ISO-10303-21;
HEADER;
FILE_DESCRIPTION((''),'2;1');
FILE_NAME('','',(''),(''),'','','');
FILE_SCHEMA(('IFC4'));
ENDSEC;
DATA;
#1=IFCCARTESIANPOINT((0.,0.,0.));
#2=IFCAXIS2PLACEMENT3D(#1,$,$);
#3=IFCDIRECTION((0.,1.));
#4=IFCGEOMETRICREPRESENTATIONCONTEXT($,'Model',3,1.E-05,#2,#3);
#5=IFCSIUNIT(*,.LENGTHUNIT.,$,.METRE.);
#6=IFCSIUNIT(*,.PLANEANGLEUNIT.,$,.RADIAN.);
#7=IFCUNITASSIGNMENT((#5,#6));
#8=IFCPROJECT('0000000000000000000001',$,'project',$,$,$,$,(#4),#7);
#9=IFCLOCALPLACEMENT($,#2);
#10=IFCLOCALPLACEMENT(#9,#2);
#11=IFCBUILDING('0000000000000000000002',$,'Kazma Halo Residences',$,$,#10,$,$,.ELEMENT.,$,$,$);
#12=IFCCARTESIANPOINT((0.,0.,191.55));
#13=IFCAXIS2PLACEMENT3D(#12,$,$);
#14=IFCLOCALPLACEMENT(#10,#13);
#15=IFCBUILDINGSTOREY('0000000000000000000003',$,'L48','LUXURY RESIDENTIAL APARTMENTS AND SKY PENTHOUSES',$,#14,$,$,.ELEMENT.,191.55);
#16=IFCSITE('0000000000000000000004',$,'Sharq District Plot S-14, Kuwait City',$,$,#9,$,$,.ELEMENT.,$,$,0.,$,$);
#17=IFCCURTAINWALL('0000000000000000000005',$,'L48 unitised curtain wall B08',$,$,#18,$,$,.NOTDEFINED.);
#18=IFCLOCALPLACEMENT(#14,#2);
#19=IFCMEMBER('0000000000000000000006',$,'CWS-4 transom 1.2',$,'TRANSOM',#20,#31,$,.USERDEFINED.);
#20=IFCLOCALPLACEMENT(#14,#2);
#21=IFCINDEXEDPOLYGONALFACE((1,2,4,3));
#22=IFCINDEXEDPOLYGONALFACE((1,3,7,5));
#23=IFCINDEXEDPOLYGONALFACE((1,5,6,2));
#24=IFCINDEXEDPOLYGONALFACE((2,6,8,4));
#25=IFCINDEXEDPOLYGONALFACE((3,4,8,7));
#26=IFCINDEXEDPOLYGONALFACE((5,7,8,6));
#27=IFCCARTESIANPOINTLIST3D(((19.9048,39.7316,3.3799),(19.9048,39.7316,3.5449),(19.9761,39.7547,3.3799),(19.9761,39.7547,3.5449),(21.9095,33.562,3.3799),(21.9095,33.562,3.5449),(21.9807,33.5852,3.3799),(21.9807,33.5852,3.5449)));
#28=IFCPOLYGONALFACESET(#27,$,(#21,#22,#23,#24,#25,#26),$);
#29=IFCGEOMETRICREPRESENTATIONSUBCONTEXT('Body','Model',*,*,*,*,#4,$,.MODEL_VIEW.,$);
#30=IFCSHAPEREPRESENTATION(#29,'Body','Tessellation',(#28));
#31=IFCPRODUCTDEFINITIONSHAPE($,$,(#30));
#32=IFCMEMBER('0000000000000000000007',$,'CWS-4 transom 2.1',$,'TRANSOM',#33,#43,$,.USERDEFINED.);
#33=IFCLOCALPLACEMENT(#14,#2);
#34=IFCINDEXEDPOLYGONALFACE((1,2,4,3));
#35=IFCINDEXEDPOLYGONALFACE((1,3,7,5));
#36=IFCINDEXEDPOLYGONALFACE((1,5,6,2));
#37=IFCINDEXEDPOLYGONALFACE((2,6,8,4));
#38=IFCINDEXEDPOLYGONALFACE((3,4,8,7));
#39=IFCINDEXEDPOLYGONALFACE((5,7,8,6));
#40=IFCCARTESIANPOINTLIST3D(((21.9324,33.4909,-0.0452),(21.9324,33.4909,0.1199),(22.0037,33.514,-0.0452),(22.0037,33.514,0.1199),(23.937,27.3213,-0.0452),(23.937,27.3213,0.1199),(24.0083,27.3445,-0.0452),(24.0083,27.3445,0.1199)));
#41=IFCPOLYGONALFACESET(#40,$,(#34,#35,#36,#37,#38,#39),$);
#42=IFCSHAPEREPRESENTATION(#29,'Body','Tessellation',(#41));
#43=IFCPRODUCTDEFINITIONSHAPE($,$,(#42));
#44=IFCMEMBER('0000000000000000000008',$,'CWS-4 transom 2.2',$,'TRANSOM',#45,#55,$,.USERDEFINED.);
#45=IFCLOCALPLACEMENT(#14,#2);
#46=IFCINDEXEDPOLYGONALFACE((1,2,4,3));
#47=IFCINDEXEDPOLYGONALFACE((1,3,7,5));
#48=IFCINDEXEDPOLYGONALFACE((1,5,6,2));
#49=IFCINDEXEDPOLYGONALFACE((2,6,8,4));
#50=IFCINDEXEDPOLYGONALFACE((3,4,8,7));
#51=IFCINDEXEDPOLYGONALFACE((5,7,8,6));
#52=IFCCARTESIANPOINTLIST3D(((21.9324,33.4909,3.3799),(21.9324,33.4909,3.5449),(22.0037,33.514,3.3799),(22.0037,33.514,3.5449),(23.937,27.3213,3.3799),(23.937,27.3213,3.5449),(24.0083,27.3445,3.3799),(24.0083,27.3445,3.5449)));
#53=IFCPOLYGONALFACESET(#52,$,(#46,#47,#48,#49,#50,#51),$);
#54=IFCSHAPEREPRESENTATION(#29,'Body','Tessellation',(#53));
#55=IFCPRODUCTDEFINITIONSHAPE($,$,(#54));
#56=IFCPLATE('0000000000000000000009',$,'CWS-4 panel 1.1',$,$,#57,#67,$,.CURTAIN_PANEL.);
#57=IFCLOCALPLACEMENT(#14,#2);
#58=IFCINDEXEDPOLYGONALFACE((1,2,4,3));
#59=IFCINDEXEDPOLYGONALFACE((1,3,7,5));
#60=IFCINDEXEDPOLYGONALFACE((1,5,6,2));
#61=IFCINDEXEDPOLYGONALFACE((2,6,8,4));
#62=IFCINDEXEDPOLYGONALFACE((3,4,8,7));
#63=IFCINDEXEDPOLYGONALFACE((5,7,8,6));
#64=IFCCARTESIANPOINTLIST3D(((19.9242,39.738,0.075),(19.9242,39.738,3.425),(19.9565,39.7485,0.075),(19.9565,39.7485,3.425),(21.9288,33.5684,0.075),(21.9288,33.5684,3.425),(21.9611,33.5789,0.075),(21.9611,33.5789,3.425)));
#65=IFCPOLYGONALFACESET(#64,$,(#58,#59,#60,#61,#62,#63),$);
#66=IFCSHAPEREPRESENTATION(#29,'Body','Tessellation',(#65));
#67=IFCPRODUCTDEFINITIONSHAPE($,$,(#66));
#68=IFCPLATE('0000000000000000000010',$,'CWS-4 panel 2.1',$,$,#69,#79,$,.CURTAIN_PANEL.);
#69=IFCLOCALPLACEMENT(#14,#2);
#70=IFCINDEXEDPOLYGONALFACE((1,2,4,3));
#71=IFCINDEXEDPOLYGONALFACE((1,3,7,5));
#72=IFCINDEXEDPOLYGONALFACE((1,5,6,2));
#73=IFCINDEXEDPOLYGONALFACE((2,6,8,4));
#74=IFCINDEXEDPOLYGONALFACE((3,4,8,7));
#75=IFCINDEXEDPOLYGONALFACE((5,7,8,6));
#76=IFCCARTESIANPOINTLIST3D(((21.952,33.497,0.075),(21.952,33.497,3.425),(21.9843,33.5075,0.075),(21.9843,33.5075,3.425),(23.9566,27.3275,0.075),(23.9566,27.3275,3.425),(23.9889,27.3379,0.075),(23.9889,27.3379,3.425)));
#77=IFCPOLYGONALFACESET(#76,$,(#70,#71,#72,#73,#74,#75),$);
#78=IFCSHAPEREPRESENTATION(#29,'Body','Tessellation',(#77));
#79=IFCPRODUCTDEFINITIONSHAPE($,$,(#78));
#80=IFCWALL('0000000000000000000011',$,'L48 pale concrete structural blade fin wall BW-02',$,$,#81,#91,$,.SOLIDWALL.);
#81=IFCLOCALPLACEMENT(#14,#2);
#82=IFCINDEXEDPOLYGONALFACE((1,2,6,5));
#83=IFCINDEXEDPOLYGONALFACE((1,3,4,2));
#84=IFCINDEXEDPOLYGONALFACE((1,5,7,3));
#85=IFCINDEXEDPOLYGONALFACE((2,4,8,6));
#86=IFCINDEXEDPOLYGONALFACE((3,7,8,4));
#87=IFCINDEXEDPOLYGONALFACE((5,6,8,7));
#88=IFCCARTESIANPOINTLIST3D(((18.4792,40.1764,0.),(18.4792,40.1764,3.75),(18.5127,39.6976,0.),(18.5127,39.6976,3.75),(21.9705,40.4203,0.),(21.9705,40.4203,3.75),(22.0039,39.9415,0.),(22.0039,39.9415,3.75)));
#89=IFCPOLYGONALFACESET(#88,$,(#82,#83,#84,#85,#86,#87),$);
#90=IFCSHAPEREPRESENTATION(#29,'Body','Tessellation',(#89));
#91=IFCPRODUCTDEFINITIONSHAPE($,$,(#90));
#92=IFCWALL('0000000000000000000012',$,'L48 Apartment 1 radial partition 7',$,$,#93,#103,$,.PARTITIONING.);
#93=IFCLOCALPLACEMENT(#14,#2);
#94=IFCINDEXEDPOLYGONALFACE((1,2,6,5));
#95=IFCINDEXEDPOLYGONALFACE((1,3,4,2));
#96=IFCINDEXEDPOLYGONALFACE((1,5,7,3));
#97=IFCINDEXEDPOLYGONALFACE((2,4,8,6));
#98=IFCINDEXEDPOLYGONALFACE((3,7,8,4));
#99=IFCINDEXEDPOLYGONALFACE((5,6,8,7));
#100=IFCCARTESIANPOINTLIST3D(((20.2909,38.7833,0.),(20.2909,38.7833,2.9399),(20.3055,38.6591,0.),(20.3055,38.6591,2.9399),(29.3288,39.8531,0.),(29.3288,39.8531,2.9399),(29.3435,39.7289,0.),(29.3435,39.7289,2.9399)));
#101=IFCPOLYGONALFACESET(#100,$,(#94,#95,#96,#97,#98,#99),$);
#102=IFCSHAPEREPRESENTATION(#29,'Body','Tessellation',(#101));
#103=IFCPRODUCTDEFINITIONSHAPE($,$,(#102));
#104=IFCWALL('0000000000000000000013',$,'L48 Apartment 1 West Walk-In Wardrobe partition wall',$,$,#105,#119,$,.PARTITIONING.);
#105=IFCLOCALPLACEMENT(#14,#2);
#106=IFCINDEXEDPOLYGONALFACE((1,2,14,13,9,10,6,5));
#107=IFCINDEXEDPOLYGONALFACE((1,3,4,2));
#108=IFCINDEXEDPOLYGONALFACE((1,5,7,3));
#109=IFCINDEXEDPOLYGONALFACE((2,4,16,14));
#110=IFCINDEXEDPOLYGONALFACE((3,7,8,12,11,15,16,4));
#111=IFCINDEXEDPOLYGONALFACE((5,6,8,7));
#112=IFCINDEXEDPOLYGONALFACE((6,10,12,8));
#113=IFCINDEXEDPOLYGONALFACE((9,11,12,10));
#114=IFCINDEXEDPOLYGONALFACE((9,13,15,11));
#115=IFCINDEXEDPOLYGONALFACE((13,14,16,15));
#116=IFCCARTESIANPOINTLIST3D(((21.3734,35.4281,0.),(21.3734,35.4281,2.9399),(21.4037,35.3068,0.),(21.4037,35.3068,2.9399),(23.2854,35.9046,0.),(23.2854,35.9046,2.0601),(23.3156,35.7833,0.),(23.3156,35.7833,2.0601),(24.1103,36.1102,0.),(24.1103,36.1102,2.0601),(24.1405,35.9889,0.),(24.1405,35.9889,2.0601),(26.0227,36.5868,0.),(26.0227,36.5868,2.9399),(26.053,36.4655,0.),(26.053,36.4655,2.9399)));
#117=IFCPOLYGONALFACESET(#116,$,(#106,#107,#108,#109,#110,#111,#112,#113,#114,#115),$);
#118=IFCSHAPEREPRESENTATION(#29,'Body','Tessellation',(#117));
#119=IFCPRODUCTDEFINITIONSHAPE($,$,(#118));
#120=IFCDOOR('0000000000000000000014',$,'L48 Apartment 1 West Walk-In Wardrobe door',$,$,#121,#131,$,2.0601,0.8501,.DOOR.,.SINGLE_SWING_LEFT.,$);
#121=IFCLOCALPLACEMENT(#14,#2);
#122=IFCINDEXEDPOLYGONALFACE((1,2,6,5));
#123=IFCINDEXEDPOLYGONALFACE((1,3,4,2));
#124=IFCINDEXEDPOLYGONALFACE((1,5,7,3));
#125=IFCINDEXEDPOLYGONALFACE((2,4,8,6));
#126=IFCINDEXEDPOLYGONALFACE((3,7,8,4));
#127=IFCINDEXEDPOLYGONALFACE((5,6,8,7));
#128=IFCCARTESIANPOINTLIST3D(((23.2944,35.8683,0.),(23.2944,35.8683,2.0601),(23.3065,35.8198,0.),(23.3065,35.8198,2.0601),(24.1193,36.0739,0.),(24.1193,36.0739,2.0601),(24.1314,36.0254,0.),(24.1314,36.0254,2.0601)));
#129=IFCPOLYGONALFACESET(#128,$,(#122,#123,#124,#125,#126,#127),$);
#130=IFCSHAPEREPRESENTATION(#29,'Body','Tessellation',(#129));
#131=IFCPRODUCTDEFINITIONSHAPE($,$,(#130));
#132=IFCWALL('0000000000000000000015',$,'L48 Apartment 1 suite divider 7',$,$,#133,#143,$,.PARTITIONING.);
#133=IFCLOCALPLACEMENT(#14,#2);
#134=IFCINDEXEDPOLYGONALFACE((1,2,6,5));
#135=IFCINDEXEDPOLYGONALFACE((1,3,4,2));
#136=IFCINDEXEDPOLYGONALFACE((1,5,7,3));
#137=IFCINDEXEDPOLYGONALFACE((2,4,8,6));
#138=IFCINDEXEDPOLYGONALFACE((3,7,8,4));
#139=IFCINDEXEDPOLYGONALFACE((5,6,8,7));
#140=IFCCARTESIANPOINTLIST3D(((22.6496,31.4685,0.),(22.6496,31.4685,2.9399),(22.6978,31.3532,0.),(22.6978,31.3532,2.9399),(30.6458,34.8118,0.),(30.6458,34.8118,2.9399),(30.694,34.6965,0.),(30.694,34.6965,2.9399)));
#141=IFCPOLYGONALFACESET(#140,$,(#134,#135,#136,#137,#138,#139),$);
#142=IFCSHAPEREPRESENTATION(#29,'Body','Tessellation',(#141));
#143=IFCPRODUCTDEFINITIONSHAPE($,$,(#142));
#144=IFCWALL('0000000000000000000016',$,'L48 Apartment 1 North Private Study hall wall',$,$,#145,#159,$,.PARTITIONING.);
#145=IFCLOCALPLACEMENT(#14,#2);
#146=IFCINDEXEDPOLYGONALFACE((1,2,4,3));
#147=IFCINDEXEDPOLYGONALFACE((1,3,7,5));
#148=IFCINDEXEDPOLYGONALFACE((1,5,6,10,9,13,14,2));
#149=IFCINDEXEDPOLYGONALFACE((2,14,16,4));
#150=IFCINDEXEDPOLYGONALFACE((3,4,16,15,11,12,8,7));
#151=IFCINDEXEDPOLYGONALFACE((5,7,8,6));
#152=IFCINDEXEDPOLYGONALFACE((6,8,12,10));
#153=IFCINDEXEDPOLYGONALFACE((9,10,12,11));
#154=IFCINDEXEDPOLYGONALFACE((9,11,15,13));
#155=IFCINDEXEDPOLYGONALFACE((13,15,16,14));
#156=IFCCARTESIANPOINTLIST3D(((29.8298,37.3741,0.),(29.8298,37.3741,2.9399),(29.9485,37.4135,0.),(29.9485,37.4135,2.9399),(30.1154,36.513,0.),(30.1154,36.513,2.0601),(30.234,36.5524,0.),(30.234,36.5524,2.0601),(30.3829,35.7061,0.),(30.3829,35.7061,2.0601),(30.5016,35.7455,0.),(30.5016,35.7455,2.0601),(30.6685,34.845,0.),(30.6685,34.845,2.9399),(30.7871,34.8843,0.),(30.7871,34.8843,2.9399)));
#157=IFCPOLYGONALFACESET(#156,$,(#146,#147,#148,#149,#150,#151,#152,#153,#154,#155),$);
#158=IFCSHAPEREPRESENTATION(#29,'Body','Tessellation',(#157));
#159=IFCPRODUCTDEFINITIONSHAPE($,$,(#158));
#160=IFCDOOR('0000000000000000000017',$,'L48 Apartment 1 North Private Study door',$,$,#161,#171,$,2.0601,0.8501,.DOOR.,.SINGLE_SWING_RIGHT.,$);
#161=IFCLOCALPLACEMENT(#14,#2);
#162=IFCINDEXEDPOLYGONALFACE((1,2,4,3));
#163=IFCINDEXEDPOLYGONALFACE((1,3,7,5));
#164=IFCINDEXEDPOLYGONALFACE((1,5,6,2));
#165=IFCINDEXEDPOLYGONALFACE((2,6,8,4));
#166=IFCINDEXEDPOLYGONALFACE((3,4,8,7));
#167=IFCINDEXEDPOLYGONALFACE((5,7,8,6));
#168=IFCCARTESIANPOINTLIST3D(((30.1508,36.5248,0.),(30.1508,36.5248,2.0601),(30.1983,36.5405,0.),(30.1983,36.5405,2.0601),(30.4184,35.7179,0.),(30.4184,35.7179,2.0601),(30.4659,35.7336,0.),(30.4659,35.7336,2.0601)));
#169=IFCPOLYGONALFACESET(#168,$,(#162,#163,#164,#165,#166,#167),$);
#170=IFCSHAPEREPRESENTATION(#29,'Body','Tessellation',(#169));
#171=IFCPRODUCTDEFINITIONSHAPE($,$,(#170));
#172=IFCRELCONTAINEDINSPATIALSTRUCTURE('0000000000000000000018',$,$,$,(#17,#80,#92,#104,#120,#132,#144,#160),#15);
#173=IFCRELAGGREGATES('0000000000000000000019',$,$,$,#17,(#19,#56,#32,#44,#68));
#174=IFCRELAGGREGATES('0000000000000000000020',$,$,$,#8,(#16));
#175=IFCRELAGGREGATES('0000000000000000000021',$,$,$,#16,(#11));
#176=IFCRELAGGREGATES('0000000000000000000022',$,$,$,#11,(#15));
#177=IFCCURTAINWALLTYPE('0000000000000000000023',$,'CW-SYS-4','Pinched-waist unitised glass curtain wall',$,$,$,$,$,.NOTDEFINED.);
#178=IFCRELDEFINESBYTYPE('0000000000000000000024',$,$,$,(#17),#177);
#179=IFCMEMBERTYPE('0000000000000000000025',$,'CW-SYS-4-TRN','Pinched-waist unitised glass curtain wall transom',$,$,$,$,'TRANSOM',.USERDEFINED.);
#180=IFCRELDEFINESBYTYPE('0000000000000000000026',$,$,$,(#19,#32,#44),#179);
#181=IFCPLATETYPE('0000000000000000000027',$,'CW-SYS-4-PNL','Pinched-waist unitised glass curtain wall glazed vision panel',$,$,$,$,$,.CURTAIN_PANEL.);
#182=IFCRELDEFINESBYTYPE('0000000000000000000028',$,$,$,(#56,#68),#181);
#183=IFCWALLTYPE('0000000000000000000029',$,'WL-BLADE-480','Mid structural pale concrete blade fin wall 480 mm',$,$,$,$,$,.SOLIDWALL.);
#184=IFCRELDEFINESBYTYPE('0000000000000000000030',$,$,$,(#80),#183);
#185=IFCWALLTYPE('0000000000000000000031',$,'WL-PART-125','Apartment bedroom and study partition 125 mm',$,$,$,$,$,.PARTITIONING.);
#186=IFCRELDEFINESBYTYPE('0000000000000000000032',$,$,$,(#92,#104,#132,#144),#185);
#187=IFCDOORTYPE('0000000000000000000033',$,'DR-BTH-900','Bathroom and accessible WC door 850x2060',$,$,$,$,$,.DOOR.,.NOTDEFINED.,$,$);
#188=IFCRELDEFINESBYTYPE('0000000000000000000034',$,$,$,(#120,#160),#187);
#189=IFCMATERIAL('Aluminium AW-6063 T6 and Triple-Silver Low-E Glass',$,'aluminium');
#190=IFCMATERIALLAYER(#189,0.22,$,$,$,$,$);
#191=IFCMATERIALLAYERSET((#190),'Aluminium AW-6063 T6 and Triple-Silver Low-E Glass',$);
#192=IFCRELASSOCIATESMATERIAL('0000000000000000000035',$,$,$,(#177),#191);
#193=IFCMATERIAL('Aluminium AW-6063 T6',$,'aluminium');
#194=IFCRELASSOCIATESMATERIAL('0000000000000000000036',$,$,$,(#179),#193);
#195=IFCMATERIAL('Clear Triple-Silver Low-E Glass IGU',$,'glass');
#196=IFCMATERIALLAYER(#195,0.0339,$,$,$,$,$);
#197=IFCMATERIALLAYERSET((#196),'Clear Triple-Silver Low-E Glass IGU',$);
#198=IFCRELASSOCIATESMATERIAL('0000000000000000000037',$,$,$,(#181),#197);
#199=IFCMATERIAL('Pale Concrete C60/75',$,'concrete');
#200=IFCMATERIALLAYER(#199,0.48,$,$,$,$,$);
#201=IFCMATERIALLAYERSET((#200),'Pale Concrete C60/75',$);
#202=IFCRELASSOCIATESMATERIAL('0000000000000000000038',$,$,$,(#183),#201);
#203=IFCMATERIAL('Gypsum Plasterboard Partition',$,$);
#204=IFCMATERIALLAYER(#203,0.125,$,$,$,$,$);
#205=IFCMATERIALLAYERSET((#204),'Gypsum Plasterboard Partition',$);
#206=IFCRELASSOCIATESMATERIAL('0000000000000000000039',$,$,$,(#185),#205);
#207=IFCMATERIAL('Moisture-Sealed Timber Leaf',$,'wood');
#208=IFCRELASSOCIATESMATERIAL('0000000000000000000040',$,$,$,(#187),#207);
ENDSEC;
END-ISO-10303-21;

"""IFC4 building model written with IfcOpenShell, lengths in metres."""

from ifc_helpers import new_model, si_unit, direction, frame, frame_2d, origin, origin_2d, place, context, subcontext, project, spatial, rectangle, extrude, material, layer, layer_set, material_profile, profile_set, type_object, element, fill, aggregate, save


model = new_model("IFC4")

# Units and contexts
model_context = context("Model", 3, precision=1e-05, world=origin(), true_north=direction((0.0, 1.0)))
body_context = subcontext(model_context, "Body", "Model", "MODEL_VIEW")
ifc_project = project(units=[si_unit("LENGTHUNIT", "METRE"), si_unit("PLANEANGLEUNIT", "RADIAN")], contexts=[model_context])

# Site, building, storey
site_placement = place(None, origin())
site = spatial("IfcSite", under=ifc_project, at=site_placement, Name="Sharq District Plot S-14, Kuwait City", CompositionType="ELEMENT", RefElevation=0.0)
building_placement = place(site_placement, origin())
building = spatial("IfcBuilding", under=site, at=building_placement, Name="Kazma Halo Residences", CompositionType="ELEMENT")
storey_placement = place(building_placement, frame((0.0, 0.0, 191.55)))
storey = spatial("IfcBuildingStorey", under=building, at=storey_placement, Name="L48", Description="LUXURY RESIDENTIAL APARTMENTS AND SKY PENTHOUSES", CompositionType="ELEMENT", Elevation=191.55)

# Curtain wall, members, plates
ifc_material_1 = material(Name="Aluminium AW-6063 T6 and Triple-Silver Low-E Glass", Category="aluminium")
ifc_layer_1 = layer(ifc_material_1, 0.22)
ifc_layer_set_1 = layer_set([ifc_layer_1], Name="Aluminium AW-6063 T6 and Triple-Silver Low-E Glass")
curtain_wall_type = type_object("IfcCurtainWallType", Name="CW-SYS-4", Description="Pinched-waist unitised glass curtain wall", PredefinedType="NOTDEFINED", material=ifc_layer_set_1)
curtain_wall_placement = place(storey_placement, origin())
curtain_wall = element("IfcCurtainWall", 1, at=curtain_wall_placement, inside=storey, type_object=curtain_wall_type, Name="L48 unitised curtain wall B08", PredefinedType="NOTDEFINED")
ifc_material_2 = material(Name="Aluminium AW-6063 T6", Category="aluminium")
ifc_material_profile_1 = material_profile(ifc_material_2, rectangle(XDim=0.075, YDim=0.165, at=origin_2d()), Name="CWT-75x165")
ifc_profile_set_1 = profile_set([ifc_material_profile_1], Name="Aluminium AW-6063 T6")
member_type_1 = type_object("IfcMemberType", Name="CW-SYS-4-TRN", Description="Pinched-waist unitised glass curtain wall transom", ElementType="TRANSOM", PredefinedType="USERDEFINED", material=ifc_profile_set_1)
member_1_placement = place(storey_placement, frame((19.9404, 39.7432, 3.4624), z_axis=(0.309027, -0.951053, 0.0), x_axis=(0.951053, 0.309027, 0.0)))
member_1 = element("IfcMember", 2, at=member_1_placement, type_object=member_type_1, Name="CWS-4 transom 1.2", ObjectType="TRANSOM", PredefinedType="USERDEFINED", context=body_context, shape_type="SweptSolid", body=[
    extrude(rectangle(XDim=0.075, YDim=0.165, at=origin_2d()), origin(), (0.0, 0.0, 1.0), 6.4871),
])
member_2_placement = place(storey_placement, frame((21.968, 33.5024, 0.0374), z_axis=(0.309015, -0.951057, 0.0), x_axis=(0.951057, 0.309015, 0.0)))
member_2 = element("IfcMember", 3, at=member_2_placement, type_object=member_type_1, Name="CWS-4 transom 2.1", ObjectType="TRANSOM", PredefinedType="USERDEFINED", context=body_context, shape_type="SweptSolid", body=[
    extrude(rectangle(XDim=0.075, YDim=0.165, at=origin_2d()), origin(), (0.0, 0.0, 1.0), 6.4871),
])
member_3_placement = place(storey_placement, frame((21.968, 33.5024, 3.4624), z_axis=(0.309015, -0.951057, 0.0), x_axis=(0.951057, 0.309015, 0.0)))
member_3 = element("IfcMember", 4, at=member_3_placement, type_object=member_type_1, Name="CWS-4 transom 2.2", ObjectType="TRANSOM", PredefinedType="USERDEFINED", context=body_context, shape_type="SweptSolid", body=[
    extrude(rectangle(XDim=0.075, YDim=0.165, at=origin_2d()), origin(), (0.0, 0.0, 1.0), 6.4871),
])
ifc_material_3 = material(Name="Clear Triple-Silver Low-E Glass IGU", Category="glass")
ifc_layer_2 = layer(ifc_material_3, 0.0339)
ifc_layer_set_2 = layer_set([ifc_layer_2], Name="Clear Triple-Silver Low-E Glass IGU")
plate_type = type_object("IfcPlateType", Name="CW-SYS-4-PNL", Description="Pinched-waist unitised glass curtain wall glazed vision panel", PredefinedType="CURTAIN_PANEL", material=ifc_layer_set_2)
plate_1_placement = place(storey_placement, frame((20.9426, 36.6584, 0.075), z_axis=(0.0, 0.0, 1.0), x_axis=(0.309016, -0.951057, 0.0)))
plate_1 = element("IfcPlate", 5, at=plate_1_placement, type_object=plate_type, Name="CWS-4 panel 1.1", PredefinedType="CURTAIN_PANEL", context=body_context, shape_type="SweptSolid", body=[
    extrude(rectangle(XDim=6.4871, YDim=0.0339, at=origin_2d()), origin(), (0.0, 0.0, 1.0), 3.3501),
])
plate_2_placement = place(storey_placement, frame((22.9705, 30.4175, 0.075), z_axis=(0.0, 0.0, 1.0), x_axis=(0.309016, -0.951057, 0.0)))
plate_2 = element("IfcPlate", 6, at=plate_2_placement, type_object=plate_type, Name="CWS-4 panel 2.1", PredefinedType="CURTAIN_PANEL", context=body_context, shape_type="SweptSolid", body=[
    extrude(rectangle(XDim=6.4871, YDim=0.0339, at=origin_2d()), origin(), (0.0, 0.0, 1.0), 3.3501),
])
aggregate(curtain_wall, [member_1, plate_1, member_2, member_3, plate_2])

# Walls
ifc_material_4 = material(Name="Pale Concrete C60/75", Category="concrete")
ifc_layer_3 = layer(ifc_material_4, 0.48)
ifc_layer_set_3 = layer_set([ifc_layer_3], Name="Pale Concrete C60/75")
wall_type_1 = type_object("IfcWallType", Name="WL-BLADE-480", Description="Mid structural pale concrete blade fin wall 480 mm", PredefinedType="SOLIDWALL", material=ifc_layer_set_3)
wall_1_placement = place(storey_placement, frame((21.9873, 40.1809, 0.0), z_axis=(0.0, 0.0, 1.0), x_axis=(-0.997569, -0.06969, 0.0)))
element("IfcWall", 7, at=wall_1_placement, inside=storey, type_object=wall_type_1, Name="L48 pale concrete structural blade fin wall BW-02", PredefinedType="SOLIDWALL", context=body_context, shape_type="SweptSolid", body=[
    extrude(rectangle(XDim=3.4998, YDim=0.48, at=frame_2d((1.75, 0.0))), origin(), (0.0, 0.0, 1.0), 3.75),
])
ifc_material_5 = material(Name="Gypsum Plasterboard Partition")
ifc_layer_4 = layer(ifc_material_5, 0.125)
ifc_layer_set_4 = layer_set([ifc_layer_4], Name="Gypsum Plasterboard Partition")
wall_type_2 = type_object("IfcWallType", Name="WL-PART-125", Description="Apartment bedroom and study partition 125 mm", PredefinedType="PARTITIONING", material=ifc_layer_set_4)
wall_2_placement = place(storey_placement, frame((29.3362, 39.791, 0.0), z_axis=(0.0, 0.0, 1.0), x_axis=(-0.993067, -0.117548, 0.0)))
element("IfcWall", 8, at=wall_2_placement, inside=storey, type_object=wall_type_2, Name="L48 Apartment 1 radial partition 7", PredefinedType="PARTITIONING", context=body_context, shape_type="SweptSolid", body=[
    extrude(rectangle(XDim=9.1011, YDim=0.125, at=frame_2d((4.5505, 0.0))), origin(), (0.0, 0.0, 1.0), 2.9399),
])

# Wall, opening, door
wall_3_placement = place(storey_placement, frame((26.0378, 36.5261, 0.0), z_axis=(0.0, 0.0, 1.0), x_axis=(-0.970322, -0.241816, 0.0)))
wall_3 = element("IfcWall", 9, at=wall_3_placement, inside=storey, type_object=wall_type_2, Name="L48 Apartment 1 West Walk-In Wardrobe partition wall", PredefinedType="PARTITIONING", context=body_context, shape_type="SweptSolid", body=[
    extrude(rectangle(XDim=4.7915, YDim=0.125, at=frame_2d((2.3958, 0.0))), origin(), (0.0, 0.0, 1.0), 2.9399),
])
opening_1_placement = place(wall_3_placement, frame((1.9709, 0.0, 0.0)))
opening_1 = element("IfcOpeningElement", 10, at=opening_1_placement, cuts=wall_3, PredefinedType="OPENING", context=body_context, shape_type="SweptSolid", body=[
    extrude(rectangle(XDim=0.8501, YDim=2.0601, at=frame_2d((0.425, 1.03))), frame((0.0, 0.0725, 0.0), z_axis=(0.0, -1.0, 0.0), x_axis=(1.0, 0.0, 0.0)), (0.0, 0.0, 1.0), 0.145),
])
ifc_material_6 = material(Name="Moisture-Sealed Timber Leaf", Category="wood")
door_type = type_object("IfcDoorType", Name="DR-BTH-900", Description="Bathroom and accessible WC door 850x2060", OperationType="NOTDEFINED", PredefinedType="DOOR", material=ifc_material_6)
door_1_placement = place(opening_1_placement, origin())
door_1 = element("IfcDoor", 11, at=door_1_placement, inside=storey, type_object=door_type, Name="L48 Apartment 1 West Walk-In Wardrobe door", OperationType="SINGLE_SWING_LEFT", OverallHeight=2.0601, OverallWidth=0.8501, PredefinedType="DOOR", context=body_context, shape_type="SweptSolid", body=[
    extrude(rectangle(XDim=0.8501, YDim=2.0601, at=frame_2d((0.425, 1.03))), frame((0.0, 0.0249, 0.0), z_axis=(0.0, -1.0, 0.0), x_axis=(1.0, 0.0, 0.0)), (0.0, 0.0, 1.0), 0.05),
])
fill(opening_1, door_1)

# Wall
wall_4_placement = place(storey_placement, frame((30.6699, 34.7542, 0.0), z_axis=(0.0, 0.0, 1.0), x_axis=(-0.922603, -0.385751, 0.0)))
element("IfcWall", 12, at=wall_4_placement, inside=storey, type_object=wall_type_2, Name="L48 Apartment 1 suite divider 7", PredefinedType="PARTITIONING", context=body_context, shape_type="SweptSolid", body=[
    extrude(rectangle(XDim=8.667, YDim=0.125, at=frame_2d((4.3335, 0.0))), origin(), (0.0, 0.0, 1.0), 2.9399),
])

# Wall, opening, door
wall_5_placement = place(storey_placement, frame((29.8892, 37.3938, 0.0), z_axis=(0.0, 0.0, 1.0), x_axis=(0.314743, -0.949177, 0.0)))
wall_5 = element("IfcWall", 13, at=wall_5_placement, inside=storey, type_object=wall_type_2, Name="L48 Apartment 1 North Private Study hall wall", PredefinedType="PARTITIONING", context=body_context, shape_type="SweptSolid", body=[
    extrude(rectangle(XDim=2.6646, YDim=0.125, at=frame_2d((1.3323, 0.0))), origin(), (0.0, 0.0, 1.0), 2.9399),
])
opening_2_placement = place(wall_5_placement, frame((0.9072, 0.0, 0.0)))
opening_2 = element("IfcOpeningElement", 14, at=opening_2_placement, cuts=wall_5, PredefinedType="OPENING", context=body_context, shape_type="SweptSolid", body=[
    extrude(rectangle(XDim=0.8501, YDim=2.0601, at=frame_2d((0.425, 1.03))), frame((0.0, 0.0725, 0.0), z_axis=(0.0, -1.0, 0.0), x_axis=(1.0, 0.0, 0.0)), (0.0, 0.0, 1.0), 0.145),
])
door_2_placement = place(opening_2_placement, origin())
door_2 = element("IfcDoor", 15, at=door_2_placement, inside=storey, type_object=door_type, Name="L48 Apartment 1 North Private Study door", OperationType="SINGLE_SWING_RIGHT", OverallHeight=2.0601, OverallWidth=0.8501, PredefinedType="DOOR", context=body_context, shape_type="SweptSolid", body=[
    extrude(rectangle(XDim=0.8501, YDim=2.0601, at=frame_2d((0.425, 1.03))), frame((0.0, 0.0249, 0.0), z_axis=(0.0, -1.0, 0.0), x_axis=(1.0, 0.0, 0.0)), (0.0, 0.0, 1.0), 0.05),
])
fill(opening_2, door_2)

save(model, "model.ifc")
